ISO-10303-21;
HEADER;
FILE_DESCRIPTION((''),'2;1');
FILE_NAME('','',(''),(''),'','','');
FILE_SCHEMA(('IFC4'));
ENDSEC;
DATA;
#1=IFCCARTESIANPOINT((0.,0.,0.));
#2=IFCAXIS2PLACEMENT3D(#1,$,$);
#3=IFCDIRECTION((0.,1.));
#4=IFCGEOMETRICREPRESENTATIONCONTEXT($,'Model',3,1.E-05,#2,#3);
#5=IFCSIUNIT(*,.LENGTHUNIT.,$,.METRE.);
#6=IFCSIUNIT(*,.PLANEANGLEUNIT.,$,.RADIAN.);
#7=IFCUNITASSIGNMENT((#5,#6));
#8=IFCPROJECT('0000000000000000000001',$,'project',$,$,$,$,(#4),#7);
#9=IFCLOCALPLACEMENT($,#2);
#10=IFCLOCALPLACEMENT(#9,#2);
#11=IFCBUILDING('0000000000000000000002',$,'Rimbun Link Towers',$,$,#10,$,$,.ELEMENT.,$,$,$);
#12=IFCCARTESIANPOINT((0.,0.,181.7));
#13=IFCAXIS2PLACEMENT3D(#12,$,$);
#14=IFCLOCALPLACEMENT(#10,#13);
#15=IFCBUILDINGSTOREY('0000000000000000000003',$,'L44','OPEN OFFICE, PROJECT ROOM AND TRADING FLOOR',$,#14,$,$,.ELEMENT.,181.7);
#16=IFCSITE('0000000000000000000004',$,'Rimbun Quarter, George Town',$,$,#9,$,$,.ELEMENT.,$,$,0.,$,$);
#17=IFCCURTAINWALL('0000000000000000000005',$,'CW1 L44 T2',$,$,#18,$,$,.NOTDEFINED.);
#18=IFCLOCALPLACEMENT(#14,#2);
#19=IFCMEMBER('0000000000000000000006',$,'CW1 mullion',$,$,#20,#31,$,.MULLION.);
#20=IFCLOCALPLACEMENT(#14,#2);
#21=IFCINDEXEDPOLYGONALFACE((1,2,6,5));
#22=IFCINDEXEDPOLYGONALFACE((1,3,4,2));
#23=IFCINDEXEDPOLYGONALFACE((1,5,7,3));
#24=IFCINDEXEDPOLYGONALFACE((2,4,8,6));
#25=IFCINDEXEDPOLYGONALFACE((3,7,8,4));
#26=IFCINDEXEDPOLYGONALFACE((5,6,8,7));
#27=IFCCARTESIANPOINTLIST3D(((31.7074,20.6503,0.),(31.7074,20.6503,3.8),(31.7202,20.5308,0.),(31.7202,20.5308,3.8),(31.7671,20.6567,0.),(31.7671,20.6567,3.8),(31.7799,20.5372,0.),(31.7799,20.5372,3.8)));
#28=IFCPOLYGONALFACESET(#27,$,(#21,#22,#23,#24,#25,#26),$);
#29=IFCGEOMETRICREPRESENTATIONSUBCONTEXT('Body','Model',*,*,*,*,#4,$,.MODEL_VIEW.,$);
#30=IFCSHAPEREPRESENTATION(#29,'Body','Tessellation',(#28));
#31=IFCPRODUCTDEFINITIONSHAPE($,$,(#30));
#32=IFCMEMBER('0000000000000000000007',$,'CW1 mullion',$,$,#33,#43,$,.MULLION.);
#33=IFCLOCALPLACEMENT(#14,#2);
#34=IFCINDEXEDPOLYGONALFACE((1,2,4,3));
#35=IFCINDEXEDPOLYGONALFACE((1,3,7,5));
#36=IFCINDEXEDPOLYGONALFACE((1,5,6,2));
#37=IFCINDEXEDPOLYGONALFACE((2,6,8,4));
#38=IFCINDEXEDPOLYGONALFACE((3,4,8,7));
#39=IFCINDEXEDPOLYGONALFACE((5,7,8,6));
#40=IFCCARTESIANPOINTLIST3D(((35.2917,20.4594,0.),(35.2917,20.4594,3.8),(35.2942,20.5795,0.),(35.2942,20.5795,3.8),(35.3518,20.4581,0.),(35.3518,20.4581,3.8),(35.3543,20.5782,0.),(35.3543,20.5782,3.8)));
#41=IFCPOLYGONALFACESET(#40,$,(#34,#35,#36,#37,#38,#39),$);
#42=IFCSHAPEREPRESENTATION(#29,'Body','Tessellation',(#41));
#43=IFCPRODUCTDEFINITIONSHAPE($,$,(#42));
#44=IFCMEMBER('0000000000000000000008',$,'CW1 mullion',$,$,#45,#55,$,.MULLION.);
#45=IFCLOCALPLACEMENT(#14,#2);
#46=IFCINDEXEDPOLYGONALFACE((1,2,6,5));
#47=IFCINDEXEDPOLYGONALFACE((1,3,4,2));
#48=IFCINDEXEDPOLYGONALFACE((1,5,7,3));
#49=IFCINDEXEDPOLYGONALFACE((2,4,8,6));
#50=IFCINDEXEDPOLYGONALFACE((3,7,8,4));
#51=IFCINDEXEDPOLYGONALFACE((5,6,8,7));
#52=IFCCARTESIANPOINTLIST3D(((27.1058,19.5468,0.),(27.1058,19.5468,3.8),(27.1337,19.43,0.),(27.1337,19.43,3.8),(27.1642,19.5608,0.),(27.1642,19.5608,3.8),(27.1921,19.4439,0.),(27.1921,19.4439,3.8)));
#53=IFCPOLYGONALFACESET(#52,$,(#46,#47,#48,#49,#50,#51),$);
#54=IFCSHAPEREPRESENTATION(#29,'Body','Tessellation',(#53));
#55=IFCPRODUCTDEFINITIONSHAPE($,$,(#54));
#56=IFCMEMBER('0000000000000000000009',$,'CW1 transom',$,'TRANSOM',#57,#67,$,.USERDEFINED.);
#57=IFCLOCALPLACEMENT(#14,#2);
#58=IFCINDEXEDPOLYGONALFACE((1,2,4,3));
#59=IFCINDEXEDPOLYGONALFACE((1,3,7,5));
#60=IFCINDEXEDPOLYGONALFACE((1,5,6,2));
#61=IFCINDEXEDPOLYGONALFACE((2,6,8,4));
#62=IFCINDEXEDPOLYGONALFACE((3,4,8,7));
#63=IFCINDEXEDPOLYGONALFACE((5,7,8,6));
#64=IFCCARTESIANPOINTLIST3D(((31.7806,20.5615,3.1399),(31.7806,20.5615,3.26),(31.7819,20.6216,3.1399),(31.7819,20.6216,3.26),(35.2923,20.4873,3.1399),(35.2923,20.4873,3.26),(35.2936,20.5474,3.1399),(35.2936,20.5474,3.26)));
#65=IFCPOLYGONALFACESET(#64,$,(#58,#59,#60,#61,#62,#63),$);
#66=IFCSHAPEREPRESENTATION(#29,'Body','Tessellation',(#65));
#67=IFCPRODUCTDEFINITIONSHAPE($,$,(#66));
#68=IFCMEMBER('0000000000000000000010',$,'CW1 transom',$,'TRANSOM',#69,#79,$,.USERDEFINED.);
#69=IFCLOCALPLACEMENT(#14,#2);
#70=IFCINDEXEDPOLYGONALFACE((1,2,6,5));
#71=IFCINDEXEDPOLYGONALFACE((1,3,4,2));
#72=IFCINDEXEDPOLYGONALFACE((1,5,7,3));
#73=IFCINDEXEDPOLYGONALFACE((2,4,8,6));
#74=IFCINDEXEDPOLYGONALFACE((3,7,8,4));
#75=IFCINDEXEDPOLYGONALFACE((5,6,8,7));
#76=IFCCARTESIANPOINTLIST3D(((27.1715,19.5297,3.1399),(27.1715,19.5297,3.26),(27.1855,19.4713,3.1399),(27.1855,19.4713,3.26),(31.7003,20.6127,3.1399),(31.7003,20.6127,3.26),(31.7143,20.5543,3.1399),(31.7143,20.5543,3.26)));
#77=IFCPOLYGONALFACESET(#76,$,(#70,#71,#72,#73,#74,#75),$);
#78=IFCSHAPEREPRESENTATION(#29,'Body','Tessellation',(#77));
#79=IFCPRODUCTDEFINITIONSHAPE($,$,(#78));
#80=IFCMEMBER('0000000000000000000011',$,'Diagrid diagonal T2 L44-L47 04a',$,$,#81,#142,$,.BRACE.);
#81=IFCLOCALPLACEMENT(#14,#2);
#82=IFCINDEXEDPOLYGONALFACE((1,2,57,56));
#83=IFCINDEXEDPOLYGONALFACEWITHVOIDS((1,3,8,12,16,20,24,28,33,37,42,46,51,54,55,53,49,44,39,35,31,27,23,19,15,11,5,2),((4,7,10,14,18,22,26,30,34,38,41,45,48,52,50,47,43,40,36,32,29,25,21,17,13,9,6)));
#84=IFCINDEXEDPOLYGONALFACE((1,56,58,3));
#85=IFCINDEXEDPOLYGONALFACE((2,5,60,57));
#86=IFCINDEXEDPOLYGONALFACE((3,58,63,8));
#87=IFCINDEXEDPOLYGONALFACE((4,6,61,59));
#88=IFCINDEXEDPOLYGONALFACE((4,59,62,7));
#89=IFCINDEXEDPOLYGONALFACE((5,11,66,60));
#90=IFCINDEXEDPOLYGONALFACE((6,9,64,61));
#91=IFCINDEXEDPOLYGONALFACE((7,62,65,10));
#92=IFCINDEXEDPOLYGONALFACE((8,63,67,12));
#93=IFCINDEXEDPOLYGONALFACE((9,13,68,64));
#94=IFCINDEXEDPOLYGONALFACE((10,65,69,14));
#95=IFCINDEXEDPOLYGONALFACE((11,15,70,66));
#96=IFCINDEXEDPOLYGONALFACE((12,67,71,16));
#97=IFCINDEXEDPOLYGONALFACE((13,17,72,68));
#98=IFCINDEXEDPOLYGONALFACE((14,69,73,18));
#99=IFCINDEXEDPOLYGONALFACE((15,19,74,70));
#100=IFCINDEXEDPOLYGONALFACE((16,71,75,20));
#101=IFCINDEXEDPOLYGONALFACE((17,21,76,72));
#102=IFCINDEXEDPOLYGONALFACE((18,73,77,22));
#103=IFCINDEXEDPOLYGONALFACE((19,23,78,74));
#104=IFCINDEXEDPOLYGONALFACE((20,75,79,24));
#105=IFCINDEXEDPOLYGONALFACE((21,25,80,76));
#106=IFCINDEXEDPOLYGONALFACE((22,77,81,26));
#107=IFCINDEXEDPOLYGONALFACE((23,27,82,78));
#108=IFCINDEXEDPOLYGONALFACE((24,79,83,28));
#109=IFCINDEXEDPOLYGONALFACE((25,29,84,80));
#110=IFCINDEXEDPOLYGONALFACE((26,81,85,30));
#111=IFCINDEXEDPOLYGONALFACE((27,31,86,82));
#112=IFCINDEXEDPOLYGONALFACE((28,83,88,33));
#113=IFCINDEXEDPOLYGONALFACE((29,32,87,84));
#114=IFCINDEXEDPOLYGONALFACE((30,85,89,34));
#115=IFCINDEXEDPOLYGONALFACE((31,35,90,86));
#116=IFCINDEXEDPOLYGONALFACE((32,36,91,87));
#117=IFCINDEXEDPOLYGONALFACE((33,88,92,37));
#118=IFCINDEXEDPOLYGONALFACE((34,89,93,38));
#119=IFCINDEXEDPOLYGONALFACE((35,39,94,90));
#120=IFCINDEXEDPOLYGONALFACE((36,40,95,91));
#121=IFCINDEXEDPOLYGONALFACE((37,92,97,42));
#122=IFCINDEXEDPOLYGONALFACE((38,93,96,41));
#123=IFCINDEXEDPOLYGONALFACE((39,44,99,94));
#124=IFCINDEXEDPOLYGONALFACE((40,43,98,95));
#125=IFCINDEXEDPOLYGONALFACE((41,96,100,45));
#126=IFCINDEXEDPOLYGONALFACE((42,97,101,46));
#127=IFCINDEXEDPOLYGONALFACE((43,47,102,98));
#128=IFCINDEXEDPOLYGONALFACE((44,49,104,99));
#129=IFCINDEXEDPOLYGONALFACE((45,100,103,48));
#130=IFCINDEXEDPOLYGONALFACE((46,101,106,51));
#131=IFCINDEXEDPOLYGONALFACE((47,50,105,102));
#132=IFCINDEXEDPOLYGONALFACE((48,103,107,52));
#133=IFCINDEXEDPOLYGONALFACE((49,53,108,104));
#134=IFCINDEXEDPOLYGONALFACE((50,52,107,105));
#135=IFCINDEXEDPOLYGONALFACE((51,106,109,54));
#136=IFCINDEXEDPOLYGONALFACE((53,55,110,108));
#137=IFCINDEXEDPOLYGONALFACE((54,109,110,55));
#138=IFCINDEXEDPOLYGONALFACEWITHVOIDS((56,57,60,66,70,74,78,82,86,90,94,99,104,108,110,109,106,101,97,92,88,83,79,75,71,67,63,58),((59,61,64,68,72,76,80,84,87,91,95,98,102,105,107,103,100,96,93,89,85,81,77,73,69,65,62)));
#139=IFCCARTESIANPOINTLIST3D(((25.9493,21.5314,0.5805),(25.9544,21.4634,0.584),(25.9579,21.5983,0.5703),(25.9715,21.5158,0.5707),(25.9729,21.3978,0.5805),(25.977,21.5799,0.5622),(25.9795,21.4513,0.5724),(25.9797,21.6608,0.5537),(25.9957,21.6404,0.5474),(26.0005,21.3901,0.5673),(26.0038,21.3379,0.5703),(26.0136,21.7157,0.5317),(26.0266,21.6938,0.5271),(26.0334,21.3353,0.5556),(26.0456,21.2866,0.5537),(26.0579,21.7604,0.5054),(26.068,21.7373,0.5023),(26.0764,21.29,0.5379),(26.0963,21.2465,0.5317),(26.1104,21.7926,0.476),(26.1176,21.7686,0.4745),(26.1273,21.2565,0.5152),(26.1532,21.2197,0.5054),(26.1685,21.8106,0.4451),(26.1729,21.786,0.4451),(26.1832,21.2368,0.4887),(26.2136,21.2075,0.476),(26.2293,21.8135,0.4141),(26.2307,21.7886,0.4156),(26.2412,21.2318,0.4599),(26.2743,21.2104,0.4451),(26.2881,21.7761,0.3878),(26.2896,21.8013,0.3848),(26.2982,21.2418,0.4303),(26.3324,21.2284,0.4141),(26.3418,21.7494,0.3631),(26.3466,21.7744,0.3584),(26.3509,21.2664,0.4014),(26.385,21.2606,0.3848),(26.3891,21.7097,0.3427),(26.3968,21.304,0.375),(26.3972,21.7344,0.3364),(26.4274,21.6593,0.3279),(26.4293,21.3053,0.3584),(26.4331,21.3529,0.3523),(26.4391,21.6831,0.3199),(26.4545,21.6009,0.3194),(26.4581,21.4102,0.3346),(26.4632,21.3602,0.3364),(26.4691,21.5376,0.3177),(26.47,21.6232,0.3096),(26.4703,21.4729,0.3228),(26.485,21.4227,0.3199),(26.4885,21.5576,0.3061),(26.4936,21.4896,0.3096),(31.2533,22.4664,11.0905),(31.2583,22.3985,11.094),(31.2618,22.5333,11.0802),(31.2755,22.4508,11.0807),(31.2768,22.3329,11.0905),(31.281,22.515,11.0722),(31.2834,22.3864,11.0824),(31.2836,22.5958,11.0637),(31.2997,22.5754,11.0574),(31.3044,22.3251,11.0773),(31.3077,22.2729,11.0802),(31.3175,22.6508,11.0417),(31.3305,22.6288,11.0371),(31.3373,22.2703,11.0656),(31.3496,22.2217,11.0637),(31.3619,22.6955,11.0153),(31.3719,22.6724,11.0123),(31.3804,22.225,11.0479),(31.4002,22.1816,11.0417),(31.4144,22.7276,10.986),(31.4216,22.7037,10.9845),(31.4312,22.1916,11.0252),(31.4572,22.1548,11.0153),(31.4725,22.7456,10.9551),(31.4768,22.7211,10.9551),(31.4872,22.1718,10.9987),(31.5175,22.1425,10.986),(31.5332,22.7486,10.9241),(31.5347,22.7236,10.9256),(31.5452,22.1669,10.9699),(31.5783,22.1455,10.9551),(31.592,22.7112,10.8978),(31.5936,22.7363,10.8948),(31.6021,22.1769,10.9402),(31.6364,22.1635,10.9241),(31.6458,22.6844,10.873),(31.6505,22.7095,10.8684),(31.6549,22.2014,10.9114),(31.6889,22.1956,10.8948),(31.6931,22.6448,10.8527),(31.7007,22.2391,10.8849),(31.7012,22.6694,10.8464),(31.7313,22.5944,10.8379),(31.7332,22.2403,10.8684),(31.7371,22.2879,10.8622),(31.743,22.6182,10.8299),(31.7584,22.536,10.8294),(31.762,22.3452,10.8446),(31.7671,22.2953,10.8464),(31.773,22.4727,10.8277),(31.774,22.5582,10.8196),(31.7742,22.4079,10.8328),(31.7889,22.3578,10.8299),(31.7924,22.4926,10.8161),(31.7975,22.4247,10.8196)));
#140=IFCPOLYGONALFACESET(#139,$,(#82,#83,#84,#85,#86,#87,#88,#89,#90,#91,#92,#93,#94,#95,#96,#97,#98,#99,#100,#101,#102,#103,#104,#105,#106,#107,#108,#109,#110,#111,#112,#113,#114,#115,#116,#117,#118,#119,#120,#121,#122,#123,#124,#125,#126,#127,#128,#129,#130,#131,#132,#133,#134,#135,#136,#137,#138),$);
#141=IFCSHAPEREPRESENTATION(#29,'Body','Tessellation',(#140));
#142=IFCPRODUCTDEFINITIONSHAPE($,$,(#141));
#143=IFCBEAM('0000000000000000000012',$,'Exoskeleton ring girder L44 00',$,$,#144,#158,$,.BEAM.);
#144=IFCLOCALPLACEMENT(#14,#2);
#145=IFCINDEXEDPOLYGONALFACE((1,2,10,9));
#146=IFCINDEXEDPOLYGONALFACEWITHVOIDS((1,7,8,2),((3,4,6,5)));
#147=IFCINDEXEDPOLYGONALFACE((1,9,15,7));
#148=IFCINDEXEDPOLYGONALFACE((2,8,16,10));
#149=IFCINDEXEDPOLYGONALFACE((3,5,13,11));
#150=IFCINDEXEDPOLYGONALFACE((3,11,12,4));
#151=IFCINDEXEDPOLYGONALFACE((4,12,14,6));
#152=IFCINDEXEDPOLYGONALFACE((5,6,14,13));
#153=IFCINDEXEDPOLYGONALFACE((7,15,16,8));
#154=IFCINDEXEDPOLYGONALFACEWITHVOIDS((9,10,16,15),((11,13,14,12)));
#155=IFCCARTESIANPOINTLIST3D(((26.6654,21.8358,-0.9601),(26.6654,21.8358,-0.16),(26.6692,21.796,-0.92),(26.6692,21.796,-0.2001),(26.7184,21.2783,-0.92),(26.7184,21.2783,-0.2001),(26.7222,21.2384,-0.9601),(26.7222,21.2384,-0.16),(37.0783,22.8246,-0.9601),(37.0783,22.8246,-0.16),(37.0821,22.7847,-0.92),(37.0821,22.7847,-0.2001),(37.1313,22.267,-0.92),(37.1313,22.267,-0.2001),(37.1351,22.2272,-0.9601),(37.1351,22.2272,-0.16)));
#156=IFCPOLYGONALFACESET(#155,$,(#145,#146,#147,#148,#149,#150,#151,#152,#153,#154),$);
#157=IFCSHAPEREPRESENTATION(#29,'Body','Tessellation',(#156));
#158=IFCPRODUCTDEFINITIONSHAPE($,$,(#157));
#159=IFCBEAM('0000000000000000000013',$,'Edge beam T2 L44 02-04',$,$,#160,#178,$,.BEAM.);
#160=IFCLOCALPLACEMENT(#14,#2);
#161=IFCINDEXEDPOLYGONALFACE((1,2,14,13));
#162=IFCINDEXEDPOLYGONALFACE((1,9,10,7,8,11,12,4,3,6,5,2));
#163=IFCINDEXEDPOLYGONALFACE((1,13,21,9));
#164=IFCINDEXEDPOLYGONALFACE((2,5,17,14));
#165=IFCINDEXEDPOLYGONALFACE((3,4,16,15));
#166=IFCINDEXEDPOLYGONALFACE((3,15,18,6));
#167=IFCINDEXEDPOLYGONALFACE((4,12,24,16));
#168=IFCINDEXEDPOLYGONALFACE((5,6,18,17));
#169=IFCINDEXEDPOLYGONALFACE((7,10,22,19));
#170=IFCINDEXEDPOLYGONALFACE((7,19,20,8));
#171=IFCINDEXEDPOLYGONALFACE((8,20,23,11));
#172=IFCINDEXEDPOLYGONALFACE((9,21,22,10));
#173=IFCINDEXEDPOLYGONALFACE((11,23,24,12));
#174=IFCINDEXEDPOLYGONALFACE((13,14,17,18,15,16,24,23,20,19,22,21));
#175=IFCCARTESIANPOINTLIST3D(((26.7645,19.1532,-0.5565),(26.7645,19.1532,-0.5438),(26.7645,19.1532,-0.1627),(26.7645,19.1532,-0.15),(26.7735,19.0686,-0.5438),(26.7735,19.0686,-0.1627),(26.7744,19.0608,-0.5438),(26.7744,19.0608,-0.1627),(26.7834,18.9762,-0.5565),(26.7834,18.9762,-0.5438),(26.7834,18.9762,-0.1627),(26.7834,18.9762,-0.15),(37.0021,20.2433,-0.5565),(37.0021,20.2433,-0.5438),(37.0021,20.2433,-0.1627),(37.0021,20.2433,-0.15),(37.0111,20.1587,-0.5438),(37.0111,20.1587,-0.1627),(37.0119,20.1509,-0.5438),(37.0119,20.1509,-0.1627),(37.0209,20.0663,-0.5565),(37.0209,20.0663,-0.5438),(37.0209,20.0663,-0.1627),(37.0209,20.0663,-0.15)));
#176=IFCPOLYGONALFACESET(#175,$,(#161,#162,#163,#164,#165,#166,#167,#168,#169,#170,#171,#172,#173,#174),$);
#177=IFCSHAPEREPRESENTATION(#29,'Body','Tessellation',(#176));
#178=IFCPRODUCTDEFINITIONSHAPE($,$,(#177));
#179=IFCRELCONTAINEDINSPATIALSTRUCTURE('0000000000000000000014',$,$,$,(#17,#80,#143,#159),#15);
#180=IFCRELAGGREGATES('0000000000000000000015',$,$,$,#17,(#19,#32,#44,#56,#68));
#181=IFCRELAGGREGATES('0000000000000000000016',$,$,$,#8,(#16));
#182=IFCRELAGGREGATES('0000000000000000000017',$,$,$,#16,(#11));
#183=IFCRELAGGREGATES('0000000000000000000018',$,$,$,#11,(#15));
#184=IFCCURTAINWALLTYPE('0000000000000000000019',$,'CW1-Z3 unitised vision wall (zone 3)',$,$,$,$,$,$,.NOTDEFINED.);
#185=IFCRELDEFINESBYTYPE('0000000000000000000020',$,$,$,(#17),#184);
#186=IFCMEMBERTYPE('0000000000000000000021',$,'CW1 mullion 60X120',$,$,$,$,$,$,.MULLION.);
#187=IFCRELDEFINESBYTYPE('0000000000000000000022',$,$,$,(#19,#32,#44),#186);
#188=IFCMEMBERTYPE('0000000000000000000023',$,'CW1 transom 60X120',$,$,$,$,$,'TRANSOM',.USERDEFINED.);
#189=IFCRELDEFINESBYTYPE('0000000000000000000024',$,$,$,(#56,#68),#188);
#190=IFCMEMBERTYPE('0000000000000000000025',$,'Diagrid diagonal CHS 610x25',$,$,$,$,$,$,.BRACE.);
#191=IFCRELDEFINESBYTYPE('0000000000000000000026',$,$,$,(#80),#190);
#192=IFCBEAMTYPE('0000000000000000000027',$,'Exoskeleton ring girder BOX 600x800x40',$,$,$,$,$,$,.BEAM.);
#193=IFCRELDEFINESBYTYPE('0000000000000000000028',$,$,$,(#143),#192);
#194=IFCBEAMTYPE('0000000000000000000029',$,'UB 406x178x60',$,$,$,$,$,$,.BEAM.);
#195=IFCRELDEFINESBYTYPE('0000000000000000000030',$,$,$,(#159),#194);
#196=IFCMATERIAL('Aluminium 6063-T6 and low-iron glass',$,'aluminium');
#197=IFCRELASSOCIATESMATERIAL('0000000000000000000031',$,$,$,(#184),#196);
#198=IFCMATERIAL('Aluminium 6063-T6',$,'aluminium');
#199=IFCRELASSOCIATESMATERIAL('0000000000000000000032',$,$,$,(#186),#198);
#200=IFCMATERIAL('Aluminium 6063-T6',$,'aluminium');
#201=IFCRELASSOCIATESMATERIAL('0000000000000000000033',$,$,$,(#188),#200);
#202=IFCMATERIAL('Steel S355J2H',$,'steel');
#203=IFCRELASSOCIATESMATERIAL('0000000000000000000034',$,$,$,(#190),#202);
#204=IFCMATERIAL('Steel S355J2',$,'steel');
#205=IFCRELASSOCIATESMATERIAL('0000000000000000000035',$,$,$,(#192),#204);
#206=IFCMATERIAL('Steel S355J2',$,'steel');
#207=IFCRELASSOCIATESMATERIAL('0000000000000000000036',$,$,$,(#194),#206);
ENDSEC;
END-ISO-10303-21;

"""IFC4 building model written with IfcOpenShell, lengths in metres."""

from ifc_helpers import new_model, si_unit, direction, frame, origin, origin_2d, place, context, subcontext, project, spatial, rectangle, hollow_rectangle, hollow_circle, i_section, extrude, material, material_profile, profile_set, type_object, element, aggregate, save


model = new_model("IFC4")

# Units and contexts
model_context = context("Model", 3, precision=1e-05, world=origin(), true_north=direction((0.0, 1.0)))
body_context = subcontext(model_context, "Body", "Model", "MODEL_VIEW")
ifc_project = project(units=[si_unit("LENGTHUNIT", "METRE"), si_unit("PLANEANGLEUNIT", "RADIAN")], contexts=[model_context])

# Site, building, storey
site_placement = place(None, origin())
site = spatial("IfcSite", under=ifc_project, at=site_placement, Name="Rimbun Quarter, George Town", CompositionType="ELEMENT", RefElevation=0.0)
building_placement = place(site_placement, origin())
building = spatial("IfcBuilding", under=site, at=building_placement, Name="Rimbun Link Towers", CompositionType="ELEMENT")
storey_placement = place(building_placement, frame((0.0, 0.0, 181.7)))
storey = spatial("IfcBuildingStorey", under=building, at=storey_placement, Name="L44", Description="OPEN OFFICE, PROJECT ROOM AND TRADING FLOOR", CompositionType="ELEMENT", Elevation=181.7)

# Curtain wall, members
ifc_material_1 = material(Name="Aluminium 6063-T6 and low-iron glass", Category="aluminium")
curtain_wall_type = type_object("IfcCurtainWallType", Name="CW1-Z3 unitised vision wall (zone 3)", PredefinedType="NOTDEFINED", material=ifc_material_1)
curtain_wall_placement = place(storey_placement, origin())
curtain_wall = element("IfcCurtainWall", 1, at=curtain_wall_placement, inside=storey, type_object=curtain_wall_type, Name="CW1 L44 T2", PredefinedType="NOTDEFINED")
ifc_material_2 = material(Name="Aluminium 6063-T6", Category="aluminium")
ifc_material_profile_1 = material_profile(ifc_material_2, rectangle(XDim=0.1201, YDim=0.0601, at=origin_2d()), Name="MULLION 60X120")
ifc_profile_set_1 = profile_set([ifc_material_profile_1], Name="Aluminium 6063-T6")
member_type_1 = type_object("IfcMemberType", Name="CW1 mullion 60X120", PredefinedType="MULLION", material=ifc_profile_set_1)
member_1_placement = place(storey_placement, frame((31.7437, 20.5938, 0.0), z_axis=(0.0, 0.0, 1.0), x_axis=(-0.106634, 0.994298, 0.0)))
member_1 = element("IfcMember", 2, at=member_1_placement, type_object=member_type_1, Name="CW1 mullion", PredefinedType="MULLION", context=body_context, shape_type="SweptSolid", body=[
    extrude(rectangle(XDim=0.1201, YDim=0.0601, at=origin_2d()), origin(), (0.0, 0.0, 1.0), 3.8),
])
member_2_placement = place(storey_placement, frame((35.323, 20.5188, 0.0), z_axis=(0.0, 0.0, 1.0), x_axis=(0.021069, 0.999778, 0.0)))
member_2 = element("IfcMember", 3, at=member_2_placement, type_object=member_type_1, Name="CW1 mullion", PredefinedType="MULLION", context=body_context, shape_type="SweptSolid", body=[
    extrude(rectangle(XDim=0.1201, YDim=0.0601, at=origin_2d()), origin(), (0.0, 0.0, 1.0), 3.8),
])
member_3_placement = place(storey_placement, frame((27.1489, 19.4954, 0.0), z_axis=(0.0, 0.0, 1.0), x_axis=(-0.232596, 0.972573, 0.0)))
member_3 = element("IfcMember", 4, at=member_3_placement, type_object=member_type_1, Name="CW1 mullion", PredefinedType="MULLION", context=body_context, shape_type="SweptSolid", body=[
    extrude(rectangle(XDim=0.1201, YDim=0.0601, at=origin_2d()), origin(), (0.0, 0.0, 1.0), 3.8),
])
ifc_material_3 = material(Name="Aluminium 6063-T6", Category="aluminium")
ifc_material_profile_2 = material_profile(ifc_material_3, rectangle(XDim=0.0601, YDim=0.1201, at=origin_2d()), Name="TRANSOM 60X120")
ifc_profile_set_2 = profile_set([ifc_material_profile_2], Name="Aluminium 6063-T6")
member_type_2 = type_object("IfcMemberType", Name="CW1 transom 60X120", ElementType="TRANSOM", PredefinedType="USERDEFINED", material=ifc_profile_set_2)
member_4_placement = place(storey_placement, frame((31.7812, 20.5916, 3.2), z_axis=(0.999777, -0.02113, 0.0), x_axis=(0.02113, 0.999777, 0.0)))
member_4 = element("IfcMember", 5, at=member_4_placement, type_object=member_type_2, Name="CW1 transom", ObjectType="TRANSOM", PredefinedType="USERDEFINED", context=body_context, shape_type="SweptSolid", body=[
    extrude(rectangle(XDim=0.0601, YDim=0.1201, at=origin_2d()), origin(), (0.0, 0.0, 1.0), 3.5125),
])
member_5_placement = place(storey_placement, frame((27.1785, 19.5005, 3.2), z_axis=(0.972577, 0.23258, 0.0), x_axis=(-0.23258, 0.972577, 0.0)))
member_5 = element("IfcMember", 6, at=member_5_placement, type_object=member_type_2, Name="CW1 transom", ObjectType="TRANSOM", PredefinedType="USERDEFINED", context=body_context, shape_type="SweptSolid", body=[
    extrude(rectangle(XDim=0.0601, YDim=0.1201, at=origin_2d()), origin(), (0.0, 0.0, 1.0), 4.6565),
])

# Member
ifc_material_4 = material(Name="Steel S355J2H", Category="steel")
ifc_material_profile_3 = material_profile(ifc_material_4, hollow_circle(Radius=0.3047, WallThickness=0.0249, at=origin_2d()), Name="Diagrid diagonal CHS 610x25")
ifc_profile_set_3 = profile_set([ifc_material_profile_3], Name="Steel S355J2H")
member_type_3 = type_object("IfcMemberType", Name="Diagrid diagonal CHS 610x25", PredefinedType="BRACE", material=ifc_profile_set_3)
member_6_placement = place(storey_placement, frame((26.2214, 21.5105, 0.4451), z_axis=(0.449122, 0.079178, 0.889955), x_axis=(-0.173617, 0.984813, 0.0)))
element("IfcMember", 7, at=member_6_placement, inside=storey, type_object=member_type_3, Name="Diagrid diagonal T2 L44-L47 04a", PredefinedType="BRACE", context=body_context, shape_type="SweptSolid", body=[
    extrude(hollow_circle(Radius=0.3047, WallThickness=0.0249, at=origin_2d()), origin(), (0.0, 0.0, 1.0), 11.8096),
])

# Beams
ifc_material_5 = material(Name="Steel S355J2", Category="steel")
ifc_material_profile_4 = material_profile(ifc_material_5, hollow_rectangle(XDim=0.6001, YDim=0.8, WallThickness=0.04, at=origin_2d()), Name="Exoskeleton ring girder BOX 600x800x40")
ifc_profile_set_4 = profile_set([ifc_material_profile_4], Name="Steel S355J2")
beam_type_1 = type_object("IfcBeamType", Name="Exoskeleton ring girder BOX 600x800x40", PredefinedType="BEAM", material=ifc_profile_set_4)
beam_1_placement = place(storey_placement, frame((37.1067, 22.5259, -0.5601), z_axis=(-0.995522, -0.094532, 0.0), x_axis=(0.094532, -0.995522, 0.0)))
element("IfcBeam", 8, at=beam_1_placement, inside=storey, type_object=beam_type_1, Name="Exoskeleton ring girder L44 00", PredefinedType="BEAM", context=body_context, shape_type="SweptSolid", body=[
    extrude(hollow_rectangle(XDim=0.6001, YDim=0.8, WallThickness=0.04, at=origin_2d()), origin(), (0.0, 0.0, 1.0), 10.4597),
])
ifc_material_6 = material(Name="Steel S355J2", Category="steel")
ifc_material_profile_5 = material_profile(ifc_material_6, i_section(OverallWidth=0.178, OverallDepth=0.4065, WebThickness=0.0078, FlangeThickness=0.0127, at=origin_2d()), Name="UB 406x178x60")
ifc_profile_set_5 = profile_set([ifc_material_profile_5], Name="Steel S355J2")
beam_type_2 = type_object("IfcBeamType", Name="UB 406x178x60", PredefinedType="BEAM", material=ifc_profile_set_5)
beam_2_placement = place(storey_placement, frame((37.0115, 20.1548, -0.3533), z_axis=(-0.994379, -0.105881, 0.0), x_axis=(0.105881, -0.994379, 0.0)))
element("IfcBeam", 9, at=beam_2_placement, inside=storey, type_object=beam_type_2, Name="Edge beam T2 L44 02-04", PredefinedType="BEAM", context=body_context, shape_type="SweptSolid", body=[
    extrude(i_section(OverallWidth=0.178, OverallDepth=0.4065, WebThickness=0.0078, FlangeThickness=0.0127, at=origin_2d()), origin(), (0.0, 0.0, 1.0), 10.2954),
])

aggregate(curtain_wall, [member_1, member_2, member_3, member_4, member_5])

save(model, "model.ifc")
